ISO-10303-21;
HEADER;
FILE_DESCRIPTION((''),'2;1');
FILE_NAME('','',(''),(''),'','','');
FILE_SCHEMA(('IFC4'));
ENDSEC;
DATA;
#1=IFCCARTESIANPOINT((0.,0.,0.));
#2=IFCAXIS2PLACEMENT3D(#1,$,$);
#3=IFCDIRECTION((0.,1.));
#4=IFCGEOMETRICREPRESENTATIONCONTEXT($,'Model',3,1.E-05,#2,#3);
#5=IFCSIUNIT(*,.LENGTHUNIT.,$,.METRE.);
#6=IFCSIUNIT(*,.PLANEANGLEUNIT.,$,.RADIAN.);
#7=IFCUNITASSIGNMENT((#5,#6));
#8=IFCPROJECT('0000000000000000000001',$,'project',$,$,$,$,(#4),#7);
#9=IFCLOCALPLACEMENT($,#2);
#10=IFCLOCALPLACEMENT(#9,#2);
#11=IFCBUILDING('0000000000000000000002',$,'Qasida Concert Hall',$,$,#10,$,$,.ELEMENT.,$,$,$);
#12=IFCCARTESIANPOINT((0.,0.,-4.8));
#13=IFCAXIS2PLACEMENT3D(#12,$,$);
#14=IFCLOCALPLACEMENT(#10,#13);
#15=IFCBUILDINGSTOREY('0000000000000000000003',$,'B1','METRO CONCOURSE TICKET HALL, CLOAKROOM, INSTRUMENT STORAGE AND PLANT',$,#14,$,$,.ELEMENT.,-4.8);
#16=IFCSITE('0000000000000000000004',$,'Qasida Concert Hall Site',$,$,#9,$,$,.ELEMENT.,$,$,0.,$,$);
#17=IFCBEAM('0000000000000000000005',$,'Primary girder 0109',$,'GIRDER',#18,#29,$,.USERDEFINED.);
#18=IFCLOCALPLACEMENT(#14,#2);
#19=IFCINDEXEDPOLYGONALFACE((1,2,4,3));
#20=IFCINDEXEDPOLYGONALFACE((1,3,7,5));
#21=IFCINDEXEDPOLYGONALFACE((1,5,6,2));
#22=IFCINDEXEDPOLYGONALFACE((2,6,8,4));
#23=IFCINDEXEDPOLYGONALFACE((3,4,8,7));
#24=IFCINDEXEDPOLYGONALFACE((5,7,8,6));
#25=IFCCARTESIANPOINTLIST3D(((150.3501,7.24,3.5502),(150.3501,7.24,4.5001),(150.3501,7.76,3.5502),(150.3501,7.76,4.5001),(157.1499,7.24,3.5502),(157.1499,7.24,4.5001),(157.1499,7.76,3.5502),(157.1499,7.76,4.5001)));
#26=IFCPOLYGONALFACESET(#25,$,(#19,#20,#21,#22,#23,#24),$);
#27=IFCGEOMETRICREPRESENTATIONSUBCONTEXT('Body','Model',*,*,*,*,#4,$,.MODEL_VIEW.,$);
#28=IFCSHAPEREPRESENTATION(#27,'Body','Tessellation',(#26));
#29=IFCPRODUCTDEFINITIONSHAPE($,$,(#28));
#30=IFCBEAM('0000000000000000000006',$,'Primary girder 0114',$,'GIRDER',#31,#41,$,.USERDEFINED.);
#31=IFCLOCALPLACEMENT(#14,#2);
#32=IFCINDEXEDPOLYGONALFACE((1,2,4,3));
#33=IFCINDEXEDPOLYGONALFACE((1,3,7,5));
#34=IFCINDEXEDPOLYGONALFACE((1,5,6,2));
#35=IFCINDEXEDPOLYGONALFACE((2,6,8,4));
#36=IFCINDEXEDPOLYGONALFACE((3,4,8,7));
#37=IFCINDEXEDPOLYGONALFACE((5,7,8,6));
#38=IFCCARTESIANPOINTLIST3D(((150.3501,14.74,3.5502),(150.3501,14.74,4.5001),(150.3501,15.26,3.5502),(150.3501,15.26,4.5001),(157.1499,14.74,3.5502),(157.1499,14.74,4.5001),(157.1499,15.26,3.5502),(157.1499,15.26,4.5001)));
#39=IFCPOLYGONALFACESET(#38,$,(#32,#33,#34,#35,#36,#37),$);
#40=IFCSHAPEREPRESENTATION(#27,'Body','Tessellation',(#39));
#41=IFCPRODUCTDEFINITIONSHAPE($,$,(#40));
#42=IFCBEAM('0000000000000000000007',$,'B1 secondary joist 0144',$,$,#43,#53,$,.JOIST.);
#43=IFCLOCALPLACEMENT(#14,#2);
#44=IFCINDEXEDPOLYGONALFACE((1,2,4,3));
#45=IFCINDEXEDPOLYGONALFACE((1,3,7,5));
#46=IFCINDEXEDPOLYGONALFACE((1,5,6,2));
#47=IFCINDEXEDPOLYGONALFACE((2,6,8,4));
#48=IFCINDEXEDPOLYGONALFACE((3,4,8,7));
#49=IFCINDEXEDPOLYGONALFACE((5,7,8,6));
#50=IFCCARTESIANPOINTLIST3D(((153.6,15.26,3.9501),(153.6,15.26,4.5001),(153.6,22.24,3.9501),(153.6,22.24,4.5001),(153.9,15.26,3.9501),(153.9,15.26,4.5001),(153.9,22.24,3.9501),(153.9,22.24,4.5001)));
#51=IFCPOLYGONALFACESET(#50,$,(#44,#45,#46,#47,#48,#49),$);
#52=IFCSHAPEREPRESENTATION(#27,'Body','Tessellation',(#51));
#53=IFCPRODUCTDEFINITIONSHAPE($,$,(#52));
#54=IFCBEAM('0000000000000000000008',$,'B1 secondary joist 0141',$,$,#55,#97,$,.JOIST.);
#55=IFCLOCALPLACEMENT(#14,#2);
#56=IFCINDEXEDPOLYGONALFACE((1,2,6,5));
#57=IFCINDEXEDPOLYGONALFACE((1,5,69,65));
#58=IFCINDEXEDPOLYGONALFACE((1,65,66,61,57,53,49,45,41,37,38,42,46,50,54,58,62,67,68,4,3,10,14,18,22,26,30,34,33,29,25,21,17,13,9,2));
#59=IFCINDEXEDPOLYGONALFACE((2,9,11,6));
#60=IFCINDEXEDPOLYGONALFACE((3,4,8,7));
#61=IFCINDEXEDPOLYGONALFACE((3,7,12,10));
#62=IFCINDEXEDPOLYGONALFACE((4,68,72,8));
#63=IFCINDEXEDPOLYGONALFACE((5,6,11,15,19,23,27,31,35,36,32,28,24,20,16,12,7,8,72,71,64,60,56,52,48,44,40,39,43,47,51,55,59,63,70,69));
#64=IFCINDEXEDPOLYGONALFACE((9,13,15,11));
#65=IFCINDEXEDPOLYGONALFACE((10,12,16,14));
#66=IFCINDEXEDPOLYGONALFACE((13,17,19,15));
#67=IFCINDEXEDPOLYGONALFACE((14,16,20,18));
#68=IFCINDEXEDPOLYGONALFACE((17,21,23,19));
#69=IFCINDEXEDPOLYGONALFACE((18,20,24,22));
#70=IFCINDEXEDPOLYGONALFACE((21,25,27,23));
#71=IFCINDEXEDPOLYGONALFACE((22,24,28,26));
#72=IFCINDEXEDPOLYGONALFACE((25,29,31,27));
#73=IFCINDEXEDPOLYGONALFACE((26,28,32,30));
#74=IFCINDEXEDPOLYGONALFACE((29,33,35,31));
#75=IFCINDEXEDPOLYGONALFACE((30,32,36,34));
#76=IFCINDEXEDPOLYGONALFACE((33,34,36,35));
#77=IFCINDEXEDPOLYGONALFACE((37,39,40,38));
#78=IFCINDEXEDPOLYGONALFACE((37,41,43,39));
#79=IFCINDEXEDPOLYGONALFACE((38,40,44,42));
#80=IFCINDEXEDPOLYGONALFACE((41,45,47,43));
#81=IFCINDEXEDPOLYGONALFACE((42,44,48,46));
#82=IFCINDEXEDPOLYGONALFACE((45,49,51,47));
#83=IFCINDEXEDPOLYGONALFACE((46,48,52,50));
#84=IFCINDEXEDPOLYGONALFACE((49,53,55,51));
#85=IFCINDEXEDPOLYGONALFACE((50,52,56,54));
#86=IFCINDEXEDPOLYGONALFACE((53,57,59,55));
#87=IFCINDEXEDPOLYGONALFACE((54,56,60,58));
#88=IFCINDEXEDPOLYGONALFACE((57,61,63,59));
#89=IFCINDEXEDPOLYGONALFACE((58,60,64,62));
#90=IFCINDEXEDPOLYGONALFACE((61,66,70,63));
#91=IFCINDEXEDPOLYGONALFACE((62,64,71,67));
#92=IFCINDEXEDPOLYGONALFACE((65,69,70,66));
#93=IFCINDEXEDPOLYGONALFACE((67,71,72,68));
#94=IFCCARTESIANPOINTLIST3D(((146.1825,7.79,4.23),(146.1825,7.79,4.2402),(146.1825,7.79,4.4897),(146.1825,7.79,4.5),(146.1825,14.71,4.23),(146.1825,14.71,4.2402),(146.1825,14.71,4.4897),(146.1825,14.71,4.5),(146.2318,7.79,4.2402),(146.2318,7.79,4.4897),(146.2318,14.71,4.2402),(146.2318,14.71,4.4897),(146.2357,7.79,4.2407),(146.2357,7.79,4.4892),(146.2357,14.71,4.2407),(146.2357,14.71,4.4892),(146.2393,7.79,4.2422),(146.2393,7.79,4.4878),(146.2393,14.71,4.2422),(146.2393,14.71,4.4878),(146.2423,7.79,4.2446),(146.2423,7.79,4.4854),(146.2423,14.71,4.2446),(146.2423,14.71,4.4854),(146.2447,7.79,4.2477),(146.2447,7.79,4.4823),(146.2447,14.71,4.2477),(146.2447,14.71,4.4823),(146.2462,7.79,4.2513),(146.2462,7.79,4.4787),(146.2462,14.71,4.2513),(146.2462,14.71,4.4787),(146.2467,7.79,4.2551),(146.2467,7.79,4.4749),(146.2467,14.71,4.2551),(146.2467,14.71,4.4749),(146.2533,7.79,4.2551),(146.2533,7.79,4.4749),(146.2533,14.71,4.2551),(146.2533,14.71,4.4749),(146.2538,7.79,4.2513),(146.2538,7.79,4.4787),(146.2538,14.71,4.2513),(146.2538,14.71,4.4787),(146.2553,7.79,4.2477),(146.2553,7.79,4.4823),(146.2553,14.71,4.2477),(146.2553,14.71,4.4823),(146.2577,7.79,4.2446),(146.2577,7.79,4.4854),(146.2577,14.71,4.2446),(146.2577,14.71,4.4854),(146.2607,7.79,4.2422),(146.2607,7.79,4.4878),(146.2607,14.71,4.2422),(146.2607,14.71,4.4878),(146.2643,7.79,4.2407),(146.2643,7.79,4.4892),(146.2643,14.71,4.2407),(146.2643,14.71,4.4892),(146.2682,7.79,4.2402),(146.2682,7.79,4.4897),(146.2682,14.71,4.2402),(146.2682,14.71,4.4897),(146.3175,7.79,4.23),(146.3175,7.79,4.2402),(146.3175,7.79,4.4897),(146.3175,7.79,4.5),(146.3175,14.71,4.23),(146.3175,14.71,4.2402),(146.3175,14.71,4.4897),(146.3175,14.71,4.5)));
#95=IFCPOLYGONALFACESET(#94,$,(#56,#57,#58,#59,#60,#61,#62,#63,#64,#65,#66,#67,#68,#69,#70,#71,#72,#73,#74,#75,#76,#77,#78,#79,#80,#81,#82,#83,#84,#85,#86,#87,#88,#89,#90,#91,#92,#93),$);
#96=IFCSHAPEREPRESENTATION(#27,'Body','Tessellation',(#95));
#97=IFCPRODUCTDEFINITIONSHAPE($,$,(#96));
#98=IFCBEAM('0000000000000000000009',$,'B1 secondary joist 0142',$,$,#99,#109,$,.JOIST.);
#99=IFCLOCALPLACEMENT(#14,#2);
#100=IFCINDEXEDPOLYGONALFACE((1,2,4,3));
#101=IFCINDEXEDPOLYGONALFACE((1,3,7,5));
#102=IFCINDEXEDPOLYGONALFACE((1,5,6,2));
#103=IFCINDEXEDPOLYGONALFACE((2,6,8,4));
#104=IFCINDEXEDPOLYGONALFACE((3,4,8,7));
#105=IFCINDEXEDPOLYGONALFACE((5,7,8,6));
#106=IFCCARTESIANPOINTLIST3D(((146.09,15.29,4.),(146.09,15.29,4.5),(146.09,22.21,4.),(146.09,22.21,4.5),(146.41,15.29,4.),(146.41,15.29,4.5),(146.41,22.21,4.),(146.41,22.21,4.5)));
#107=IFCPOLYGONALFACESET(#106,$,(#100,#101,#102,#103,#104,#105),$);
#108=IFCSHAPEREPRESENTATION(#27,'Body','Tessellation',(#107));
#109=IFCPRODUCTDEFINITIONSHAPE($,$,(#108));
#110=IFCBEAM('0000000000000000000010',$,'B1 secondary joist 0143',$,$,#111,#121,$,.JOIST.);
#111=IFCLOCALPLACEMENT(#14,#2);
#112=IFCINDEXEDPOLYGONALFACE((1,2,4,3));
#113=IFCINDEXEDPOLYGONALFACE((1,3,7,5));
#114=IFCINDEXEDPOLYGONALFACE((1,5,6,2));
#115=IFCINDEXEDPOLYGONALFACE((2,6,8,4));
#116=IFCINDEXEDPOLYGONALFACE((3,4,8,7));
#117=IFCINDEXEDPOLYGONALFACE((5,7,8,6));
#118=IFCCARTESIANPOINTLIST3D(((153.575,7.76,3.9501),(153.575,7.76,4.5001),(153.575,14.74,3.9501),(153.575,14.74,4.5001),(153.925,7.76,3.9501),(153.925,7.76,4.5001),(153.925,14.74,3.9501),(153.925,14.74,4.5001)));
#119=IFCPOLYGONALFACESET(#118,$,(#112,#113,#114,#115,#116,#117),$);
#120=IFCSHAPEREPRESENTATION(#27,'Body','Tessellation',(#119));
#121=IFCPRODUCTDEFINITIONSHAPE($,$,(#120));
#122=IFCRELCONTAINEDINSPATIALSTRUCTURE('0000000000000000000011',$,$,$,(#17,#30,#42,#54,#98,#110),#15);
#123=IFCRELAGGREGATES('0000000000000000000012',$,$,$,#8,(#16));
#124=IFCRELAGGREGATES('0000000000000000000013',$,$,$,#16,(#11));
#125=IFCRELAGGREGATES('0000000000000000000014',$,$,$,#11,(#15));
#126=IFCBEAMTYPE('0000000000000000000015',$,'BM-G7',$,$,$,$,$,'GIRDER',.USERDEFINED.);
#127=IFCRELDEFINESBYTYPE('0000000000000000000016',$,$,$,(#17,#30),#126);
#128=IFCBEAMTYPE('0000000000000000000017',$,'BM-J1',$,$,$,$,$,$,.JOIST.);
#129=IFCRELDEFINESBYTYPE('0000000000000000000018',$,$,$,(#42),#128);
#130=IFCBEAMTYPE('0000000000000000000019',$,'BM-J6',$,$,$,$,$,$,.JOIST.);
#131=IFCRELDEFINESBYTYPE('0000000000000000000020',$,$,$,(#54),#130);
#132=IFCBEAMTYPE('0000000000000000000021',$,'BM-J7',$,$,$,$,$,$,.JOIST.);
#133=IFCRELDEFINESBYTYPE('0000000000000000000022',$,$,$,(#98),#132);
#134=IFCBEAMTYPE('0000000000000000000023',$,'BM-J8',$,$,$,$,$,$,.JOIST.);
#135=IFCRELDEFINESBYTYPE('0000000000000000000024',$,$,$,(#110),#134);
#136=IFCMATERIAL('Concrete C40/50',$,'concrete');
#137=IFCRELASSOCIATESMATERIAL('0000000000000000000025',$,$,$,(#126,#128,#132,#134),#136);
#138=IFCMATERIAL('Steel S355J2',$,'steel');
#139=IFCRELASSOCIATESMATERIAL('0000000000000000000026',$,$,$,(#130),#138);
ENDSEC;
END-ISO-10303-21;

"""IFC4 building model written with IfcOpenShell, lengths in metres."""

from ifc_helpers import new_model, si_unit, direction, frame, origin, origin_2d, place, context, subcontext, project, spatial, rectangle, i_section, extrude, material, material_profile, profile_set, type_object, element, save


model = new_model("IFC4")

# Units and contexts
model_context = context("Model", 3, precision=1e-05, world=origin(), true_north=direction((0.0, 1.0)))
body_context = subcontext(model_context, "Body", "Model", "MODEL_VIEW")
ifc_project = project(units=[si_unit("LENGTHUNIT", "METRE"), si_unit("PLANEANGLEUNIT", "RADIAN")], contexts=[model_context])

# Site, building, storey
site_placement = place(None, origin())
site = spatial("IfcSite", under=ifc_project, at=site_placement, Name="Qasida Concert Hall Site", CompositionType="ELEMENT", RefElevation=0.0)
building_placement = place(site_placement, origin())
building = spatial("IfcBuilding", under=site, at=building_placement, Name="Qasida Concert Hall", CompositionType="ELEMENT")
storey_placement = place(building_placement, frame((0.0, 0.0, -4.8)))
storey = spatial("IfcBuildingStorey", under=building, at=storey_placement, Name="B1", Description="METRO CONCOURSE TICKET HALL, CLOAKROOM, INSTRUMENT STORAGE AND PLANT", CompositionType="ELEMENT", Elevation=-4.8)

# Shared definitions
ifc_material_1 = material(Name="Concrete C40/50", Category="concrete")

# Beams
ifc_material_2 = material(Name="Steel S355J2", Category="steel")
ifc_material_profile_1 = material_profile(ifc_material_1, rectangle(XDim=0.52, YDim=0.95, at=origin_2d()), Name="RC 520x950")
ifc_profile_set_1 = profile_set([ifc_material_profile_1], Name="Concrete C40/50")
beam_type_1 = type_object("IfcBeamType", Name="BM-G7", ElementType="GIRDER", PredefinedType="USERDEFINED", material=ifc_profile_set_1)
for number, where, z_axis, x_axis, name in (
    (1, (150.3501, 7.5, 4.0251), (1.0, 0.0, 0.0), (0.0, 1.0, 0.0), "Primary girder 0109"),
    (2, (150.3501, 15.0, 4.0251), (1.0, 0.0, 0.0), (0.0, 1.0, 0.0), "Primary girder 0114"),
):
    element("IfcBeam", number, at=place(storey_placement, frame(where, z_axis=z_axis, x_axis=x_axis)), inside=storey, type_object=beam_type_1, Name=name, ObjectType="GIRDER", PredefinedType="USERDEFINED", context=body_context, shape_type="SweptSolid", body=[
        extrude(rectangle(XDim=0.52, YDim=0.95, at=origin_2d()), origin(), (0.0, 0.0, 1.0), 6.7998),
    ])
ifc_material_profile_2 = material_profile(ifc_material_1, rectangle(XDim=0.3, YDim=0.55, at=origin_2d()), Name="RC 300x550")
ifc_profile_set_2 = profile_set([ifc_material_profile_2], Name="Concrete C40/50")
beam_type_2 = type_object("IfcBeamType", Name="BM-J1", PredefinedType="JOIST", material=ifc_profile_set_2)
beam_1_placement = place(storey_placement, frame((153.75, 15.26, 4.2251), z_axis=(0.0, 1.0, 0.0), x_axis=(-1.0, 0.0, 0.0)))
element("IfcBeam", 3, at=beam_1_placement, inside=storey, type_object=beam_type_2, Name="B1 secondary joist 0144", PredefinedType="JOIST", context=body_context, shape_type="SweptSolid", body=[
    extrude(rectangle(XDim=0.3, YDim=0.55, at=origin_2d()), origin(), (0.0, 0.0, 1.0), 6.98),
])
ifc_material_profile_3 = material_profile(ifc_material_2, i_section(OverallWidth=0.135, OverallDepth=0.27, WebThickness=0.0066, FlangeThickness=0.0103, FilletRadius=0.0149, at=origin_2d()), Name="IPE 270")
ifc_profile_set_3 = profile_set([ifc_material_profile_3], Name="Steel S355J2")
beam_type_3 = type_object("IfcBeamType", Name="BM-J6", PredefinedType="JOIST", material=ifc_profile_set_3)
beam_2_placement = place(storey_placement, frame((146.25, 7.79, 4.365), z_axis=(0.0, 1.0, 0.0), x_axis=(-1.0, 0.0, 0.0)))
element("IfcBeam", 4, at=beam_2_placement, inside=storey, type_object=beam_type_3, Name="B1 secondary joist 0141", PredefinedType="JOIST", context=body_context, shape_type="SweptSolid", body=[
    extrude(i_section(OverallWidth=0.135, OverallDepth=0.27, WebThickness=0.0066, FlangeThickness=0.0103, FilletRadius=0.0149, at=origin_2d()), origin(), (0.0, 0.0, 1.0), 6.9199),
])
ifc_material_profile_4 = material_profile(ifc_material_1, rectangle(XDim=0.3201, YDim=0.5, at=origin_2d()), Name="RC 320x500")
ifc_profile_set_4 = profile_set([ifc_material_profile_4], Name="Concrete C40/50")
beam_type_4 = type_object("IfcBeamType", Name="BM-J7", PredefinedType="JOIST", material=ifc_profile_set_4)
beam_3_placement = place(storey_placement, frame((146.25, 15.29, 4.25), z_axis=(0.0, 1.0, 0.0), x_axis=(-1.0, 0.0, 0.0)))
element("IfcBeam", 5, at=beam_3_placement, inside=storey, type_object=beam_type_4, Name="B1 secondary joist 0142", PredefinedType="JOIST", context=body_context, shape_type="SweptSolid", body=[
    extrude(rectangle(XDim=0.3201, YDim=0.5, at=origin_2d()), origin(), (0.0, 0.0, 1.0), 6.9199),
])
ifc_material_profile_5 = material_profile(ifc_material_1, rectangle(XDim=0.3501, YDim=0.55, at=origin_2d()), Name="RC 350x550")
ifc_profile_set_5 = profile_set([ifc_material_profile_5], Name="Concrete C40/50")
beam_type_5 = type_object("IfcBeamType", Name="BM-J8", PredefinedType="JOIST", material=ifc_profile_set_5)
beam_4_placement = place(storey_placement, frame((153.75, 7.76, 4.2251), z_axis=(0.0, 1.0, 0.0), x_axis=(-1.0, 0.0, 0.0)))
element("IfcBeam", 6, at=beam_4_placement, inside=storey, type_object=beam_type_5, Name="B1 secondary joist 0143", PredefinedType="JOIST", context=body_context, shape_type="SweptSolid", body=[
    extrude(rectangle(XDim=0.3501, YDim=0.55, at=origin_2d()), origin(), (0.0, 0.0, 1.0), 6.98),
])

save(model, "model.ifc")
